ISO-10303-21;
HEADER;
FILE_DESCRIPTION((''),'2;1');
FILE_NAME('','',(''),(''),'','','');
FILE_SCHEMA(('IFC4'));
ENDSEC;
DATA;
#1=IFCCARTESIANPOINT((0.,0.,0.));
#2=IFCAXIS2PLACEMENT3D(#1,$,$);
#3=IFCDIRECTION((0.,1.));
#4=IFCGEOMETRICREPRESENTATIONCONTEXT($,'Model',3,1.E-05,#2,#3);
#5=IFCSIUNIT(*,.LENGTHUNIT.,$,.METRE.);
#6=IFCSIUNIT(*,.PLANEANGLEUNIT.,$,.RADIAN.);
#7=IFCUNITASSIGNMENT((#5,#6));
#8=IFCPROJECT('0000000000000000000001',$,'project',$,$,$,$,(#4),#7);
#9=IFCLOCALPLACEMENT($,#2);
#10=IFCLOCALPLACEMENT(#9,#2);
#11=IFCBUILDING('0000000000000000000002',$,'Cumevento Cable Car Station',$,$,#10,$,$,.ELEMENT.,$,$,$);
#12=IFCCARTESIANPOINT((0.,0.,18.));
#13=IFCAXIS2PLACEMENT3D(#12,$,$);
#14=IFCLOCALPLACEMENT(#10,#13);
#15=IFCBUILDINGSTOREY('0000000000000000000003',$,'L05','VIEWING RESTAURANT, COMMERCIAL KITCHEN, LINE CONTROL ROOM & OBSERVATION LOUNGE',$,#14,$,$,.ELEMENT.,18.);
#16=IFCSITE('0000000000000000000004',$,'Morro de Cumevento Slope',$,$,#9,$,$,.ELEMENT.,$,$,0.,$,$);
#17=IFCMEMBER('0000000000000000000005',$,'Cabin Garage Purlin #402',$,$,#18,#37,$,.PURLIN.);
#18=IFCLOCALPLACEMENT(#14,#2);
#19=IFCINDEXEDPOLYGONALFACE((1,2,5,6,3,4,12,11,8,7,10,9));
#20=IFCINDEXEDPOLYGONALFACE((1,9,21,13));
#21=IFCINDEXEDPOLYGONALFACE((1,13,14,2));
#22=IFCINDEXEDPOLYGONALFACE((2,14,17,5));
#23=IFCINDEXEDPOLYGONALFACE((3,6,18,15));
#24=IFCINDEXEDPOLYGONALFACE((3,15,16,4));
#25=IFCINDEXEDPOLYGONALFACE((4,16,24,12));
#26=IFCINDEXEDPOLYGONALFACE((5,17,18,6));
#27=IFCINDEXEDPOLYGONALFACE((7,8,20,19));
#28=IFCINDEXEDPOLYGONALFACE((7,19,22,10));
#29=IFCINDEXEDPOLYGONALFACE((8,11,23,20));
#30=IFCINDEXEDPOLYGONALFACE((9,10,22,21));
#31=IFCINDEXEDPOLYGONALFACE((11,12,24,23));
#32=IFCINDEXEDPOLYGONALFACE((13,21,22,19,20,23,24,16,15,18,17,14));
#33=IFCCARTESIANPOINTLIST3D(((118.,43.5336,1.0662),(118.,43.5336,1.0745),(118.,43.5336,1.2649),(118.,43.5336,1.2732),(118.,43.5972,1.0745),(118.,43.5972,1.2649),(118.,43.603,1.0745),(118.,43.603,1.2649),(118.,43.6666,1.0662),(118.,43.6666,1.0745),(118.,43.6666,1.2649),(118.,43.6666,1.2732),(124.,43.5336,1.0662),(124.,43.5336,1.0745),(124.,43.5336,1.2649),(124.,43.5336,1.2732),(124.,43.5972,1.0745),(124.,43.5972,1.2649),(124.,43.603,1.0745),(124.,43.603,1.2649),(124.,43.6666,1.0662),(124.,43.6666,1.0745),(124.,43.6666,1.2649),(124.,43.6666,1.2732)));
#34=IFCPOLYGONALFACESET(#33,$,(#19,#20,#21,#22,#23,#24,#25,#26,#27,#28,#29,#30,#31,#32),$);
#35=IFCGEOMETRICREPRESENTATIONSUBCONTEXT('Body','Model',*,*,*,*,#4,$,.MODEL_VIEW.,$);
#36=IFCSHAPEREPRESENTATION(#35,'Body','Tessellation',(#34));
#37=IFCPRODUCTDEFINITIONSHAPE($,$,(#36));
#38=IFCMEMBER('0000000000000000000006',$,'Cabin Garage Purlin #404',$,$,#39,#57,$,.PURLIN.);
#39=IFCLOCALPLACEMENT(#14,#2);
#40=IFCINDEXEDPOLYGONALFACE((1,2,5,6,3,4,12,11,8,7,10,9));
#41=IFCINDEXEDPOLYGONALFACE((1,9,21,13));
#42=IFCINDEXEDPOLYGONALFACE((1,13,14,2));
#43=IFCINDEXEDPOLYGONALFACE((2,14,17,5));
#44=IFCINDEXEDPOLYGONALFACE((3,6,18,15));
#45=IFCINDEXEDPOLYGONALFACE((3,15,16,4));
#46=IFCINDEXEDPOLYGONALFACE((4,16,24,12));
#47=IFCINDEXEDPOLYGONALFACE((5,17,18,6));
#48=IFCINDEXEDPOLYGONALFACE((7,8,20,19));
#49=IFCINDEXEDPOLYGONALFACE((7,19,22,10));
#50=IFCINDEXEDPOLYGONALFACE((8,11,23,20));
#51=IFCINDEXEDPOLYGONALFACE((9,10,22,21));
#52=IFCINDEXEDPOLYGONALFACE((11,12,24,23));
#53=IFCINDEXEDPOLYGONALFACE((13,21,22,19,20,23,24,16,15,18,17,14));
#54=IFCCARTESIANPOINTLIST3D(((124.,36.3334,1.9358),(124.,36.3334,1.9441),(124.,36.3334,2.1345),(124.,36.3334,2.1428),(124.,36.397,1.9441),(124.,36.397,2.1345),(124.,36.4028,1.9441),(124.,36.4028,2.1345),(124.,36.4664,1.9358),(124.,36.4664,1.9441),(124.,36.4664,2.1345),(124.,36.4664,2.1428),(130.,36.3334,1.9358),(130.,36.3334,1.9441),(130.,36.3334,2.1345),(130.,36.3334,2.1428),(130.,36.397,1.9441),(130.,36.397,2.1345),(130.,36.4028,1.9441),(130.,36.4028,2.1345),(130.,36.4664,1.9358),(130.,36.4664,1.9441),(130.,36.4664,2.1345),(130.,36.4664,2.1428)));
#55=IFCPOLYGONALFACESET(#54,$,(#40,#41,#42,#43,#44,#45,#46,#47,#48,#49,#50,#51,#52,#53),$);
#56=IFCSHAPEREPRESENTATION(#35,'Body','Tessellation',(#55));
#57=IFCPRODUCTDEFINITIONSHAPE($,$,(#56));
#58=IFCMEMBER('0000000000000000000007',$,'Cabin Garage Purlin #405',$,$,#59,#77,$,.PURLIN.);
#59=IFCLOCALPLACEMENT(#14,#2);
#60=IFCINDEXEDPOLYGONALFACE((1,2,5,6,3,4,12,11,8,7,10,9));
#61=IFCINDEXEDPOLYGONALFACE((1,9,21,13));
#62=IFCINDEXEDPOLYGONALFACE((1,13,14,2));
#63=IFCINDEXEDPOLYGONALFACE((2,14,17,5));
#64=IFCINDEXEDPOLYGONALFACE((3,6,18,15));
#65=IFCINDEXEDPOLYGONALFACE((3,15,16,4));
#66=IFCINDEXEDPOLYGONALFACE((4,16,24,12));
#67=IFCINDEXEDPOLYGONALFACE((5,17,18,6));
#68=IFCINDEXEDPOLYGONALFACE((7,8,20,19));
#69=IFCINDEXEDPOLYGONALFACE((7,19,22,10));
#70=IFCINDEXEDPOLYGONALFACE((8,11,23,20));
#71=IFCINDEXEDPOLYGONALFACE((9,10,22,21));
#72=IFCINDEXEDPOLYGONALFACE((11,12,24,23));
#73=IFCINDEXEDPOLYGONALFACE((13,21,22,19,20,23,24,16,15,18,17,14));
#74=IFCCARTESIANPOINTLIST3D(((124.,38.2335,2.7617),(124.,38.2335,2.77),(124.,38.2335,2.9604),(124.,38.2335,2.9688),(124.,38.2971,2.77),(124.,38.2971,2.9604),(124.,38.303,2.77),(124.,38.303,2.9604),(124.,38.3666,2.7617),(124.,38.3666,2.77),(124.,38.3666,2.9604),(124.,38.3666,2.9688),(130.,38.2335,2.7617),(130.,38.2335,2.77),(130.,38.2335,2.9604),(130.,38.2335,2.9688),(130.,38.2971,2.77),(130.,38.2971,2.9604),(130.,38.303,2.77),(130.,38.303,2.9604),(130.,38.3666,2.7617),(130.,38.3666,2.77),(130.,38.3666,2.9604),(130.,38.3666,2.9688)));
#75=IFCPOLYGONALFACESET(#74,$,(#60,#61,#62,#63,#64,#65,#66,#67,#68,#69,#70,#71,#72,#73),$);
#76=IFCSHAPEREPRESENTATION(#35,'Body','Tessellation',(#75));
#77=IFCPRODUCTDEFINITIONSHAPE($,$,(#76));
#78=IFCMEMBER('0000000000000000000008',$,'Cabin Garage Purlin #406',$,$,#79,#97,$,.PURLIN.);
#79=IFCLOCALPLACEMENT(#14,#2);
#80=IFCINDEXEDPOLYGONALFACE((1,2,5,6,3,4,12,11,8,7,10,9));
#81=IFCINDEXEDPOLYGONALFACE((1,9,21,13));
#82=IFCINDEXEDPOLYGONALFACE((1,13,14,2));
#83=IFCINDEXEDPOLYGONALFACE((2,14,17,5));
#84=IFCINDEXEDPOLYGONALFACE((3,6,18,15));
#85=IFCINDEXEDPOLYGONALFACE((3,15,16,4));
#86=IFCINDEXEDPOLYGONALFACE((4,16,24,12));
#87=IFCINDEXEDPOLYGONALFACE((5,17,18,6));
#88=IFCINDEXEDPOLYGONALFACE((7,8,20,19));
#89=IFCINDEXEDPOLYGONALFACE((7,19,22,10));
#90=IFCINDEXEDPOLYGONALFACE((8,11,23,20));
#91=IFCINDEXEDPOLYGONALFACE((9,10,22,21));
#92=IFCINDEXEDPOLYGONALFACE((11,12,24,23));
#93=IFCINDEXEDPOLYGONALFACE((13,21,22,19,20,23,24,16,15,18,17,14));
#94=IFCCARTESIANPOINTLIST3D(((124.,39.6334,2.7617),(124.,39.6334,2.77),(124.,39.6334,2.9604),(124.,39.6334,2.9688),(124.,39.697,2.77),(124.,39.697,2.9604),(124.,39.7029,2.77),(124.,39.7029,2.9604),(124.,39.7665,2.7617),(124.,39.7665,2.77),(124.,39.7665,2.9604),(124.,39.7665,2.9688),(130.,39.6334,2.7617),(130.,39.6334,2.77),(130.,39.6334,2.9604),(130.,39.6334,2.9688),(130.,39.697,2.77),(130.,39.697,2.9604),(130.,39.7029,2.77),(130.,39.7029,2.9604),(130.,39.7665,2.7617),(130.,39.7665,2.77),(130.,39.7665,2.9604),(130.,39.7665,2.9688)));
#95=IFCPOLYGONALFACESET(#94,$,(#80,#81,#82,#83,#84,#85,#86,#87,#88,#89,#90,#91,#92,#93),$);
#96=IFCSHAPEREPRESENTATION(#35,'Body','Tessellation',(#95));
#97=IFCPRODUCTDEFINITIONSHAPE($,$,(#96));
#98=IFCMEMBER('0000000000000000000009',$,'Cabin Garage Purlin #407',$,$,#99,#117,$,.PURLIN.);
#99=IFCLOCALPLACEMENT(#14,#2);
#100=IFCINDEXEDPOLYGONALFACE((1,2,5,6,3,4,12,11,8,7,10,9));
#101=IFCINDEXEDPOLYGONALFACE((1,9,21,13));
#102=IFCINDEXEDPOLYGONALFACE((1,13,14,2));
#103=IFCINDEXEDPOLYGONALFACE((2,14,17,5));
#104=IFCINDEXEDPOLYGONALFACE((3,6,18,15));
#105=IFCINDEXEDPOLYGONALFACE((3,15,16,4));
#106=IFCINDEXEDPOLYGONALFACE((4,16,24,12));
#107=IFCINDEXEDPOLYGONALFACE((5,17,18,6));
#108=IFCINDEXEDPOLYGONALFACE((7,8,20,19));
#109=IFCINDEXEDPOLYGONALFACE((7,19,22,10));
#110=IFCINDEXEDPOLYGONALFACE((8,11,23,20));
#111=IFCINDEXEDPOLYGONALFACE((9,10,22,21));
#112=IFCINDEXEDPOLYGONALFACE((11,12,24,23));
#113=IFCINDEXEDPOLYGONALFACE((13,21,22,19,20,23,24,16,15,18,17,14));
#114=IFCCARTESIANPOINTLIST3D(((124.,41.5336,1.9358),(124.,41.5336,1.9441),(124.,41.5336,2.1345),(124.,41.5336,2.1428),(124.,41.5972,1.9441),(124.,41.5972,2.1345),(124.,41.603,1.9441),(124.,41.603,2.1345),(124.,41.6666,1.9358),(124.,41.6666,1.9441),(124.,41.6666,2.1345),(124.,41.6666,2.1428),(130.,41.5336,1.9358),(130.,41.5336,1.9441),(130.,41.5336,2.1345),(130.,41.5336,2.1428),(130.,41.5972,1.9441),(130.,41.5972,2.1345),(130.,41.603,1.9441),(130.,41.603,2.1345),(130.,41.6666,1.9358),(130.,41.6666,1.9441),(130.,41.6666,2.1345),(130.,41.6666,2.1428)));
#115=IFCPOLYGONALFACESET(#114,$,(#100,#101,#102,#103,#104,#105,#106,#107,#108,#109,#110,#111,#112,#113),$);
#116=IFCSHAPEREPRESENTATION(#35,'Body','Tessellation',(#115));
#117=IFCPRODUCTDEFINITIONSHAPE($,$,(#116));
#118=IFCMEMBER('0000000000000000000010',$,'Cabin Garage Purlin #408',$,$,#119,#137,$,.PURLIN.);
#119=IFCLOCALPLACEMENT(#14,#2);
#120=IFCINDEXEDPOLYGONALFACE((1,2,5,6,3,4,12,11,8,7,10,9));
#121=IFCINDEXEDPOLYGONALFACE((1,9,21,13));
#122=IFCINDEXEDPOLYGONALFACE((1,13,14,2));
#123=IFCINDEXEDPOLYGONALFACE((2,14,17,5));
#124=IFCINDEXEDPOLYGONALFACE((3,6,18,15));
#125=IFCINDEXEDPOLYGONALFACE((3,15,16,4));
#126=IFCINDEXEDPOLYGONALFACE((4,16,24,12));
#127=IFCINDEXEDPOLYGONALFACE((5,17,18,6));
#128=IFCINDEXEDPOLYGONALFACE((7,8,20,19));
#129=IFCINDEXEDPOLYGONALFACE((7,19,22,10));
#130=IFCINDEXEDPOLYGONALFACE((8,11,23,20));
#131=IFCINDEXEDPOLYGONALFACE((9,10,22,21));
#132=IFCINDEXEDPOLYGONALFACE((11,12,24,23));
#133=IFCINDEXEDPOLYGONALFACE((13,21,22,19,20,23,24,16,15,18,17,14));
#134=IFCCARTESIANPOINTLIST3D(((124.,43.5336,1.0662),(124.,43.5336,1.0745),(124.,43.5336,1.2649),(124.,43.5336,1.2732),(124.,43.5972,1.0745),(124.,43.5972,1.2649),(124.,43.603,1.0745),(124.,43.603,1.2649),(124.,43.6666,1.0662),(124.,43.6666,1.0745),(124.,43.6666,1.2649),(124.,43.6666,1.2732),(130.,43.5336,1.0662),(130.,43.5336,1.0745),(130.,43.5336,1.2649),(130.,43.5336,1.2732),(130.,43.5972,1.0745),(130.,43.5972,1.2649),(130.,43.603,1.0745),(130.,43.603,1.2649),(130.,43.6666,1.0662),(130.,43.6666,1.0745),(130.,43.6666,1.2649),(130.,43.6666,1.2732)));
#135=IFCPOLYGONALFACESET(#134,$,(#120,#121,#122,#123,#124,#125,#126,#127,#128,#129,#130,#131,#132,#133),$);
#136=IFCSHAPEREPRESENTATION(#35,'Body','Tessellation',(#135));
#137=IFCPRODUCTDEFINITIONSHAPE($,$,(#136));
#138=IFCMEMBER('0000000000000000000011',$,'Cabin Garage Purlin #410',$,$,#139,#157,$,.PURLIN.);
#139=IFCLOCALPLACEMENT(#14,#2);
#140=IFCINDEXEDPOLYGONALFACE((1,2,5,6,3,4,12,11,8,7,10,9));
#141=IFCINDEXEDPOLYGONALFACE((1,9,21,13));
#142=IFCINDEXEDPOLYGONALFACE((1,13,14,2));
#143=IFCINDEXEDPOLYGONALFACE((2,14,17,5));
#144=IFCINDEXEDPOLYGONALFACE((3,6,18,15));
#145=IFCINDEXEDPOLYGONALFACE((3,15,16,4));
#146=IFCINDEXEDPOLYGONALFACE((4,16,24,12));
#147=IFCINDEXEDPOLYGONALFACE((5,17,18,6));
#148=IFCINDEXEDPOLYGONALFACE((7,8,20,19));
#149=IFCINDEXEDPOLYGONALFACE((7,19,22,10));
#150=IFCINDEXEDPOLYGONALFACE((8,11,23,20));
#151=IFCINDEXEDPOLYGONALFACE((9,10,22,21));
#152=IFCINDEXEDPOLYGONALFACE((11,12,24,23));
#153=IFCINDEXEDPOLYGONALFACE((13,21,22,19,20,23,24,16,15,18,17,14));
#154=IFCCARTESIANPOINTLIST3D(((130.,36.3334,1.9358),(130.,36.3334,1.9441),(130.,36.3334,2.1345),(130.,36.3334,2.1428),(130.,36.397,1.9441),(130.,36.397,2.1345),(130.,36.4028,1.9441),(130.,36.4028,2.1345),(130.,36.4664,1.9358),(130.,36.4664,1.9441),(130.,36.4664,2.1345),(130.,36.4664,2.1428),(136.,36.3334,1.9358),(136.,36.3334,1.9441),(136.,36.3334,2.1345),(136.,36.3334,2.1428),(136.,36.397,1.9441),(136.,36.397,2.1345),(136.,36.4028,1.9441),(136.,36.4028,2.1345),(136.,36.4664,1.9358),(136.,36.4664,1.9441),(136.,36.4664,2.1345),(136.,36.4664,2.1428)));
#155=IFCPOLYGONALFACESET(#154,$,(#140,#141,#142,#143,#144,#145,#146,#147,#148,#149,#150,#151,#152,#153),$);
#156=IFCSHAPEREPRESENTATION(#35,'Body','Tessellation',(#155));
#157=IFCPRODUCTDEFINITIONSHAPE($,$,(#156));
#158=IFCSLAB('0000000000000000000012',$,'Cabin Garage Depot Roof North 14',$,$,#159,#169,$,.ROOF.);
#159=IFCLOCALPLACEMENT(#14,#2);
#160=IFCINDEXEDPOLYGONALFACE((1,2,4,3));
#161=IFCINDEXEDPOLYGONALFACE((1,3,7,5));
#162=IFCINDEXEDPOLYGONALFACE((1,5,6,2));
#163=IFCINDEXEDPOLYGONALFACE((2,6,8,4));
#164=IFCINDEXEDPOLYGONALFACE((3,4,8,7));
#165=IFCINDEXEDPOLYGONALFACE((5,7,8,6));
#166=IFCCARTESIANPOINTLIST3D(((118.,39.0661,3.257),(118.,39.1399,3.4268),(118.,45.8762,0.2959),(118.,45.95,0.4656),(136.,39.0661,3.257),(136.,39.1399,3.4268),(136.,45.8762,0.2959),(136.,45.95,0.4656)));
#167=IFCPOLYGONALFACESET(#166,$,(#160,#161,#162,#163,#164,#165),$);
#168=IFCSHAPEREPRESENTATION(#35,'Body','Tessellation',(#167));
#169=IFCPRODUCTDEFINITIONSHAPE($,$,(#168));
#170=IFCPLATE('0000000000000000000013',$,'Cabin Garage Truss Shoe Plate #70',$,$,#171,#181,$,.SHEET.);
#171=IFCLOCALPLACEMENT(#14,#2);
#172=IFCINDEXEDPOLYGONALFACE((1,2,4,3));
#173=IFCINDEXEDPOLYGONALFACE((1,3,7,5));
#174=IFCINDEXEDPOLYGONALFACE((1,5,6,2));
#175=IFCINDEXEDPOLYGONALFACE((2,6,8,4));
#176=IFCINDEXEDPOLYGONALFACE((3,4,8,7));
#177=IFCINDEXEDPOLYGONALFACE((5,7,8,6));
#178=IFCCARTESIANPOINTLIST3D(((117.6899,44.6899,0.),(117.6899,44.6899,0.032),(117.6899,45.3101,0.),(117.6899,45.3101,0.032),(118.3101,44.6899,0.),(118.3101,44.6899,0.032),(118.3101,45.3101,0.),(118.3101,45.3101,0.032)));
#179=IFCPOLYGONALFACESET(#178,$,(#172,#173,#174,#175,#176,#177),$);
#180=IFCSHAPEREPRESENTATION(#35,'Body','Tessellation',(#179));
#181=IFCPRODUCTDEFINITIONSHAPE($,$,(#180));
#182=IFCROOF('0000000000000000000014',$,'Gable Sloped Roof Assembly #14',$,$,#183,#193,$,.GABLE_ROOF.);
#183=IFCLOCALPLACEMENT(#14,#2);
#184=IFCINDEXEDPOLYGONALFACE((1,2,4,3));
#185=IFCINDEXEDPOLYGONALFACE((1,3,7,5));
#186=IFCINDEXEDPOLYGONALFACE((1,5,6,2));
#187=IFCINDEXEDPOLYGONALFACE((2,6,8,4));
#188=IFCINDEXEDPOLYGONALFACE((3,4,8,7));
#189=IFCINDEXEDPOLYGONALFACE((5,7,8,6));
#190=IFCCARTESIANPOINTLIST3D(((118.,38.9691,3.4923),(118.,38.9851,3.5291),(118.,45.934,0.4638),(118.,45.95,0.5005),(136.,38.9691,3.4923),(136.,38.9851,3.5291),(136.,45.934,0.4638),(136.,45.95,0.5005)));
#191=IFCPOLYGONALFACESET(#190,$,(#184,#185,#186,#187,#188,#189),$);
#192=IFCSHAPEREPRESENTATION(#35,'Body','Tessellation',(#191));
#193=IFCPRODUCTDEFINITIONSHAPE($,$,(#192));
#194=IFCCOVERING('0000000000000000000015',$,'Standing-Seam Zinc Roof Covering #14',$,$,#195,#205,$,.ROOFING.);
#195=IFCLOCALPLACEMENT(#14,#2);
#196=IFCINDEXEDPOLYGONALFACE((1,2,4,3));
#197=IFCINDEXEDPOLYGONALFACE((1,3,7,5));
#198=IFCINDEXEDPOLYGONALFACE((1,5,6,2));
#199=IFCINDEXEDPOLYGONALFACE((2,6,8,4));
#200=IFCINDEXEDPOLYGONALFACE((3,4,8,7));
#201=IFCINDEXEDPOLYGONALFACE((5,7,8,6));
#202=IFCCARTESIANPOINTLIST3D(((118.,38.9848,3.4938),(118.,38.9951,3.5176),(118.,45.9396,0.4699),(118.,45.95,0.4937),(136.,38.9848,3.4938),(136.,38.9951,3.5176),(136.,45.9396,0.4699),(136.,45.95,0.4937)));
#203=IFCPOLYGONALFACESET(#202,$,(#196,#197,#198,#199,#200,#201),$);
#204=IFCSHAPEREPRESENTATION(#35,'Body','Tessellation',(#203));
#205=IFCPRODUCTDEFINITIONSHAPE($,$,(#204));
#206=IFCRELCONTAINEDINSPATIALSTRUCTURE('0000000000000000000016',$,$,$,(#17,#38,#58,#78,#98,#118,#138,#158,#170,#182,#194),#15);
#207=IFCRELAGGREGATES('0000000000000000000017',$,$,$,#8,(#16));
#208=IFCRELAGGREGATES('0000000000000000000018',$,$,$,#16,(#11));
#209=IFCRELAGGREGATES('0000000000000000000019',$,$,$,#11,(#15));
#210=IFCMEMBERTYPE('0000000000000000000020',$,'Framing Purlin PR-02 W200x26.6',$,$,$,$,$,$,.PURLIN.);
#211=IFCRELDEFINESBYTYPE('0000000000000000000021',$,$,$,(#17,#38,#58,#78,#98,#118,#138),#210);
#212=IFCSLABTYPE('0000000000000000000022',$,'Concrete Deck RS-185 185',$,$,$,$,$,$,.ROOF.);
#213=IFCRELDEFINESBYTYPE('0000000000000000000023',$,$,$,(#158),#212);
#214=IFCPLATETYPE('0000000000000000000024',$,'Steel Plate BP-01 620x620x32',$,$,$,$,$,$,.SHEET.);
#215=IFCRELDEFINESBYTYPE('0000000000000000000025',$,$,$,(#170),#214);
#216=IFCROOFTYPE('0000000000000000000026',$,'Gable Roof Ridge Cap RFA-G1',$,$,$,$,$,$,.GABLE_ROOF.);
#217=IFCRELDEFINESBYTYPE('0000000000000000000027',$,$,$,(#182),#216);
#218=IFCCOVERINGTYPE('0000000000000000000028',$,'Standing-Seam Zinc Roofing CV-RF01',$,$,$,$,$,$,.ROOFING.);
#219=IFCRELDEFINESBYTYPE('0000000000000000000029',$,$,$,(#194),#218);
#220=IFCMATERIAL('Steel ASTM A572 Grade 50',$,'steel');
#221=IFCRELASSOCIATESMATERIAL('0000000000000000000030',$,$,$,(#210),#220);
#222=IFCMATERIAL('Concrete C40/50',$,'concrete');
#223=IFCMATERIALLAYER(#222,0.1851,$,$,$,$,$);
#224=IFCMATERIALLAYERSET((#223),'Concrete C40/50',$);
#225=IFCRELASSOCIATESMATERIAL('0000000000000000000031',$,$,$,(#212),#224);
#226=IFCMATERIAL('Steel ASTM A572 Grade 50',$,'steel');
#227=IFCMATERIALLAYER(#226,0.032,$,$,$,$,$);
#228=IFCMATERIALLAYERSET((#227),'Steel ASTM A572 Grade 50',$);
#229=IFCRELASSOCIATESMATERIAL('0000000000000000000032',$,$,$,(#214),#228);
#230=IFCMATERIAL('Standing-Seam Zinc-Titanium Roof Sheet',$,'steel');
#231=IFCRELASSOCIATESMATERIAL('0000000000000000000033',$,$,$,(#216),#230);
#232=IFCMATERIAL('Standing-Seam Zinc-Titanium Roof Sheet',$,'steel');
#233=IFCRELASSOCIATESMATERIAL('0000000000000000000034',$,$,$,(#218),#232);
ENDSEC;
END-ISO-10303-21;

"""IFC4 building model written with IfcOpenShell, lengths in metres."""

from ifc_helpers import new_model, si_unit, direction, frame, origin, origin_2d, place, context, subcontext, project, spatial, polyline, rectangle, i_section, outline, extrude, material, layer, layer_set, material_profile, profile_set, type_object, element, save


model = new_model("IFC4")

# Units and contexts
model_context = context("Model", 3, precision=1e-05, world=origin(), true_north=direction((0.0, 1.0)))
body_context = subcontext(model_context, "Body", "Model", "MODEL_VIEW")
ifc_project = project(units=[si_unit("LENGTHUNIT", "METRE"), si_unit("PLANEANGLEUNIT", "RADIAN")], contexts=[model_context])

# Site, building, storey
site_placement = place(None, origin())
site = spatial("IfcSite", under=ifc_project, at=site_placement, Name="Morro de Cumevento Slope", CompositionType="ELEMENT", RefElevation=0.0)
building_placement = place(site_placement, origin())
building = spatial("IfcBuilding", under=site, at=building_placement, Name="Cumevento Cable Car Station", CompositionType="ELEMENT")
storey_placement = place(building_placement, frame((0.0, 0.0, 18.0)))
storey = spatial("IfcBuildingStorey", under=building, at=storey_placement, Name="L05", Description="VIEWING RESTAURANT, COMMERCIAL KITCHEN, LINE CONTROL ROOM & OBSERVATION LOUNGE", CompositionType="ELEMENT", Elevation=18.0)

# Members
ifc_material_1 = material(Name="Steel ASTM A572 Grade 50", Category="steel")
ifc_material_profile_1 = material_profile(ifc_material_1, i_section(OverallWidth=0.1331, OverallDepth=0.207, WebThickness=0.0059, FlangeThickness=0.0083, at=origin_2d()), Name="W200x26.6")
ifc_profile_set_1 = profile_set([ifc_material_profile_1], Name="Steel ASTM A572 Grade 50")
member_type_1 = type_object("IfcMemberType", Name="Framing Purlin PR-02 W200x26.6", PredefinedType="PURLIN", material=ifc_profile_set_1)
for number, where, z_axis, x_axis, name in (
    (1, (118.0, 43.6001, 1.1697), (1.0, 0.0, 0.0), (0.0, 1.0, 0.0), "Cabin Garage Purlin #402"),
    (2, (124.0, 36.3999, 2.0393), (1.0, 0.0, 0.0), (0.0, 1.0, 0.0), "Cabin Garage Purlin #404"),
    (3, (124.0, 38.3, 2.8652), (1.0, 0.0, 0.0), (0.0, 1.0, 0.0), "Cabin Garage Purlin #405"),
    (4, (124.0, 39.7, 2.8652), (1.0, 0.0, 0.0), (0.0, 1.0, 0.0), "Cabin Garage Purlin #406"),
    (5, (124.0, 41.6001, 2.0393), (1.0, 0.0, 0.0), (0.0, 1.0, 0.0), "Cabin Garage Purlin #407"),
    (6, (124.0, 43.6001, 1.1697), (1.0, 0.0, 0.0), (0.0, 1.0, 0.0), "Cabin Garage Purlin #408"),
    (7, (130.0, 36.3999, 2.0393), (1.0, 0.0, 0.0), (0.0, 1.0, 0.0), "Cabin Garage Purlin #410"),
):
    element("IfcMember", number, at=place(storey_placement, frame(where, z_axis=z_axis, x_axis=x_axis)), inside=storey, type_object=member_type_1, Name=name, PredefinedType="PURLIN", context=body_context, shape_type="SweptSolid", body=[
        extrude(i_section(OverallWidth=0.1331, OverallDepth=0.207, WebThickness=0.0059, FlangeThickness=0.0083, at=origin_2d()), origin(), (0.0, 0.0, 1.0), 6.0),
    ])

# Slab
ifc_material_2 = material(Name="Concrete C40/50", Category="concrete")
ifc_layer_1 = layer(ifc_material_2, 0.1851)
ifc_layer_set_1 = layer_set([ifc_layer_1], Name="Concrete C40/50")
slab_type = type_object("IfcSlabType", Name="Concrete Deck RS-185 185", PredefinedType="ROOF", material=ifc_layer_set_1)
slab_placement = place(storey_placement, frame((118.0, 39.1399, 3.4268), z_axis=(0.0, 0.398759, 0.917056), x_axis=(1.0, 0.0, 0.0)))
element("IfcSlab", 8, at=slab_placement, inside=storey, type_object=slab_type, Name="Cabin Garage Depot Roof North 14", PredefinedType="ROOF", context=body_context, shape_type="SweptSolid", body=[
    extrude(outline(polyline([(0.0, 0.0), (18.0, 0.0), (18.0, 7.426), (0.0, 7.426), (0.0, 0.0)])), origin(), (0.0, 0.0, -1.0), 0.1851),
])

# Plate
ifc_material_3 = material(Name="Steel ASTM A572 Grade 50", Category="steel")
ifc_layer_2 = layer(ifc_material_3, 0.032)
ifc_layer_set_2 = layer_set([ifc_layer_2], Name="Steel ASTM A572 Grade 50")
plate_type = type_object("IfcPlateType", Name="Steel Plate BP-01 620x620x32", PredefinedType="SHEET", material=ifc_layer_set_2)
plate_placement = place(storey_placement, frame((118.0, 45.0, 0.0), z_axis=(0.0, 0.0, 1.0), x_axis=(1.0, 0.0, 0.0)))
element("IfcPlate", 9, at=plate_placement, inside=storey, type_object=plate_type, Name="Cabin Garage Truss Shoe Plate #70", PredefinedType="SHEET", context=body_context, shape_type="SweptSolid", body=[
    extrude(rectangle(XDim=0.6201, YDim=0.6201, at=origin_2d()), origin(), (0.0, 0.0, 1.0), 0.032),
])

# Roof
ifc_material_4 = material(Name="Standing-Seam Zinc-Titanium Roof Sheet", Category="steel")
roof_type = type_object("IfcRoofType", Name="Gable Roof Ridge Cap RFA-G1", PredefinedType="GABLE_ROOF", material=ifc_material_4)
roof_placement = place(storey_placement, frame((118.0, 38.9851, 3.5291), z_axis=(0.0, 0.398767, 0.917052), x_axis=(1.0, 0.0, 0.0)))
element("IfcRoof", 10, at=roof_placement, inside=storey, type_object=roof_type, Name="Gable Sloped Roof Assembly #14", PredefinedType="GABLE_ROOF", context=body_context, shape_type="SweptSolid", body=[
    extrude(outline(polyline([(0.0, 0.0), (18.0, 0.0), (18.0, 7.5948), (0.0, 7.5948), (0.0, 0.0)])), origin(), (0.0, 0.0, -1.0), 0.04),
])

# Covering
ifc_material_5 = material(Name="Standing-Seam Zinc-Titanium Roof Sheet", Category="steel")
covering_type_1 = type_object("IfcCoveringType", Name="Standing-Seam Zinc Roofing CV-RF01", PredefinedType="ROOFING", material=ifc_material_5)
covering_placement = place(storey_placement, frame((118.0, 38.9951, 3.5176), z_axis=(0.0, 0.398736, 0.917066), x_axis=(1.0, 0.0, 0.0)))
element("IfcCovering", 11, at=covering_placement, inside=storey, type_object=covering_type_1, Name="Standing-Seam Zinc Roof Covering #14", PredefinedType="ROOFING", context=body_context, shape_type="SweptSolid", body=[
    extrude(outline(polyline([(0.0, 0.0), (18.0, 0.0), (18.0, 7.5838), (0.0, 7.5838), (0.0, 0.0)])), origin(), (0.0, 0.0, -1.0), 0.0259),
])

save(model, "model.ifc")
